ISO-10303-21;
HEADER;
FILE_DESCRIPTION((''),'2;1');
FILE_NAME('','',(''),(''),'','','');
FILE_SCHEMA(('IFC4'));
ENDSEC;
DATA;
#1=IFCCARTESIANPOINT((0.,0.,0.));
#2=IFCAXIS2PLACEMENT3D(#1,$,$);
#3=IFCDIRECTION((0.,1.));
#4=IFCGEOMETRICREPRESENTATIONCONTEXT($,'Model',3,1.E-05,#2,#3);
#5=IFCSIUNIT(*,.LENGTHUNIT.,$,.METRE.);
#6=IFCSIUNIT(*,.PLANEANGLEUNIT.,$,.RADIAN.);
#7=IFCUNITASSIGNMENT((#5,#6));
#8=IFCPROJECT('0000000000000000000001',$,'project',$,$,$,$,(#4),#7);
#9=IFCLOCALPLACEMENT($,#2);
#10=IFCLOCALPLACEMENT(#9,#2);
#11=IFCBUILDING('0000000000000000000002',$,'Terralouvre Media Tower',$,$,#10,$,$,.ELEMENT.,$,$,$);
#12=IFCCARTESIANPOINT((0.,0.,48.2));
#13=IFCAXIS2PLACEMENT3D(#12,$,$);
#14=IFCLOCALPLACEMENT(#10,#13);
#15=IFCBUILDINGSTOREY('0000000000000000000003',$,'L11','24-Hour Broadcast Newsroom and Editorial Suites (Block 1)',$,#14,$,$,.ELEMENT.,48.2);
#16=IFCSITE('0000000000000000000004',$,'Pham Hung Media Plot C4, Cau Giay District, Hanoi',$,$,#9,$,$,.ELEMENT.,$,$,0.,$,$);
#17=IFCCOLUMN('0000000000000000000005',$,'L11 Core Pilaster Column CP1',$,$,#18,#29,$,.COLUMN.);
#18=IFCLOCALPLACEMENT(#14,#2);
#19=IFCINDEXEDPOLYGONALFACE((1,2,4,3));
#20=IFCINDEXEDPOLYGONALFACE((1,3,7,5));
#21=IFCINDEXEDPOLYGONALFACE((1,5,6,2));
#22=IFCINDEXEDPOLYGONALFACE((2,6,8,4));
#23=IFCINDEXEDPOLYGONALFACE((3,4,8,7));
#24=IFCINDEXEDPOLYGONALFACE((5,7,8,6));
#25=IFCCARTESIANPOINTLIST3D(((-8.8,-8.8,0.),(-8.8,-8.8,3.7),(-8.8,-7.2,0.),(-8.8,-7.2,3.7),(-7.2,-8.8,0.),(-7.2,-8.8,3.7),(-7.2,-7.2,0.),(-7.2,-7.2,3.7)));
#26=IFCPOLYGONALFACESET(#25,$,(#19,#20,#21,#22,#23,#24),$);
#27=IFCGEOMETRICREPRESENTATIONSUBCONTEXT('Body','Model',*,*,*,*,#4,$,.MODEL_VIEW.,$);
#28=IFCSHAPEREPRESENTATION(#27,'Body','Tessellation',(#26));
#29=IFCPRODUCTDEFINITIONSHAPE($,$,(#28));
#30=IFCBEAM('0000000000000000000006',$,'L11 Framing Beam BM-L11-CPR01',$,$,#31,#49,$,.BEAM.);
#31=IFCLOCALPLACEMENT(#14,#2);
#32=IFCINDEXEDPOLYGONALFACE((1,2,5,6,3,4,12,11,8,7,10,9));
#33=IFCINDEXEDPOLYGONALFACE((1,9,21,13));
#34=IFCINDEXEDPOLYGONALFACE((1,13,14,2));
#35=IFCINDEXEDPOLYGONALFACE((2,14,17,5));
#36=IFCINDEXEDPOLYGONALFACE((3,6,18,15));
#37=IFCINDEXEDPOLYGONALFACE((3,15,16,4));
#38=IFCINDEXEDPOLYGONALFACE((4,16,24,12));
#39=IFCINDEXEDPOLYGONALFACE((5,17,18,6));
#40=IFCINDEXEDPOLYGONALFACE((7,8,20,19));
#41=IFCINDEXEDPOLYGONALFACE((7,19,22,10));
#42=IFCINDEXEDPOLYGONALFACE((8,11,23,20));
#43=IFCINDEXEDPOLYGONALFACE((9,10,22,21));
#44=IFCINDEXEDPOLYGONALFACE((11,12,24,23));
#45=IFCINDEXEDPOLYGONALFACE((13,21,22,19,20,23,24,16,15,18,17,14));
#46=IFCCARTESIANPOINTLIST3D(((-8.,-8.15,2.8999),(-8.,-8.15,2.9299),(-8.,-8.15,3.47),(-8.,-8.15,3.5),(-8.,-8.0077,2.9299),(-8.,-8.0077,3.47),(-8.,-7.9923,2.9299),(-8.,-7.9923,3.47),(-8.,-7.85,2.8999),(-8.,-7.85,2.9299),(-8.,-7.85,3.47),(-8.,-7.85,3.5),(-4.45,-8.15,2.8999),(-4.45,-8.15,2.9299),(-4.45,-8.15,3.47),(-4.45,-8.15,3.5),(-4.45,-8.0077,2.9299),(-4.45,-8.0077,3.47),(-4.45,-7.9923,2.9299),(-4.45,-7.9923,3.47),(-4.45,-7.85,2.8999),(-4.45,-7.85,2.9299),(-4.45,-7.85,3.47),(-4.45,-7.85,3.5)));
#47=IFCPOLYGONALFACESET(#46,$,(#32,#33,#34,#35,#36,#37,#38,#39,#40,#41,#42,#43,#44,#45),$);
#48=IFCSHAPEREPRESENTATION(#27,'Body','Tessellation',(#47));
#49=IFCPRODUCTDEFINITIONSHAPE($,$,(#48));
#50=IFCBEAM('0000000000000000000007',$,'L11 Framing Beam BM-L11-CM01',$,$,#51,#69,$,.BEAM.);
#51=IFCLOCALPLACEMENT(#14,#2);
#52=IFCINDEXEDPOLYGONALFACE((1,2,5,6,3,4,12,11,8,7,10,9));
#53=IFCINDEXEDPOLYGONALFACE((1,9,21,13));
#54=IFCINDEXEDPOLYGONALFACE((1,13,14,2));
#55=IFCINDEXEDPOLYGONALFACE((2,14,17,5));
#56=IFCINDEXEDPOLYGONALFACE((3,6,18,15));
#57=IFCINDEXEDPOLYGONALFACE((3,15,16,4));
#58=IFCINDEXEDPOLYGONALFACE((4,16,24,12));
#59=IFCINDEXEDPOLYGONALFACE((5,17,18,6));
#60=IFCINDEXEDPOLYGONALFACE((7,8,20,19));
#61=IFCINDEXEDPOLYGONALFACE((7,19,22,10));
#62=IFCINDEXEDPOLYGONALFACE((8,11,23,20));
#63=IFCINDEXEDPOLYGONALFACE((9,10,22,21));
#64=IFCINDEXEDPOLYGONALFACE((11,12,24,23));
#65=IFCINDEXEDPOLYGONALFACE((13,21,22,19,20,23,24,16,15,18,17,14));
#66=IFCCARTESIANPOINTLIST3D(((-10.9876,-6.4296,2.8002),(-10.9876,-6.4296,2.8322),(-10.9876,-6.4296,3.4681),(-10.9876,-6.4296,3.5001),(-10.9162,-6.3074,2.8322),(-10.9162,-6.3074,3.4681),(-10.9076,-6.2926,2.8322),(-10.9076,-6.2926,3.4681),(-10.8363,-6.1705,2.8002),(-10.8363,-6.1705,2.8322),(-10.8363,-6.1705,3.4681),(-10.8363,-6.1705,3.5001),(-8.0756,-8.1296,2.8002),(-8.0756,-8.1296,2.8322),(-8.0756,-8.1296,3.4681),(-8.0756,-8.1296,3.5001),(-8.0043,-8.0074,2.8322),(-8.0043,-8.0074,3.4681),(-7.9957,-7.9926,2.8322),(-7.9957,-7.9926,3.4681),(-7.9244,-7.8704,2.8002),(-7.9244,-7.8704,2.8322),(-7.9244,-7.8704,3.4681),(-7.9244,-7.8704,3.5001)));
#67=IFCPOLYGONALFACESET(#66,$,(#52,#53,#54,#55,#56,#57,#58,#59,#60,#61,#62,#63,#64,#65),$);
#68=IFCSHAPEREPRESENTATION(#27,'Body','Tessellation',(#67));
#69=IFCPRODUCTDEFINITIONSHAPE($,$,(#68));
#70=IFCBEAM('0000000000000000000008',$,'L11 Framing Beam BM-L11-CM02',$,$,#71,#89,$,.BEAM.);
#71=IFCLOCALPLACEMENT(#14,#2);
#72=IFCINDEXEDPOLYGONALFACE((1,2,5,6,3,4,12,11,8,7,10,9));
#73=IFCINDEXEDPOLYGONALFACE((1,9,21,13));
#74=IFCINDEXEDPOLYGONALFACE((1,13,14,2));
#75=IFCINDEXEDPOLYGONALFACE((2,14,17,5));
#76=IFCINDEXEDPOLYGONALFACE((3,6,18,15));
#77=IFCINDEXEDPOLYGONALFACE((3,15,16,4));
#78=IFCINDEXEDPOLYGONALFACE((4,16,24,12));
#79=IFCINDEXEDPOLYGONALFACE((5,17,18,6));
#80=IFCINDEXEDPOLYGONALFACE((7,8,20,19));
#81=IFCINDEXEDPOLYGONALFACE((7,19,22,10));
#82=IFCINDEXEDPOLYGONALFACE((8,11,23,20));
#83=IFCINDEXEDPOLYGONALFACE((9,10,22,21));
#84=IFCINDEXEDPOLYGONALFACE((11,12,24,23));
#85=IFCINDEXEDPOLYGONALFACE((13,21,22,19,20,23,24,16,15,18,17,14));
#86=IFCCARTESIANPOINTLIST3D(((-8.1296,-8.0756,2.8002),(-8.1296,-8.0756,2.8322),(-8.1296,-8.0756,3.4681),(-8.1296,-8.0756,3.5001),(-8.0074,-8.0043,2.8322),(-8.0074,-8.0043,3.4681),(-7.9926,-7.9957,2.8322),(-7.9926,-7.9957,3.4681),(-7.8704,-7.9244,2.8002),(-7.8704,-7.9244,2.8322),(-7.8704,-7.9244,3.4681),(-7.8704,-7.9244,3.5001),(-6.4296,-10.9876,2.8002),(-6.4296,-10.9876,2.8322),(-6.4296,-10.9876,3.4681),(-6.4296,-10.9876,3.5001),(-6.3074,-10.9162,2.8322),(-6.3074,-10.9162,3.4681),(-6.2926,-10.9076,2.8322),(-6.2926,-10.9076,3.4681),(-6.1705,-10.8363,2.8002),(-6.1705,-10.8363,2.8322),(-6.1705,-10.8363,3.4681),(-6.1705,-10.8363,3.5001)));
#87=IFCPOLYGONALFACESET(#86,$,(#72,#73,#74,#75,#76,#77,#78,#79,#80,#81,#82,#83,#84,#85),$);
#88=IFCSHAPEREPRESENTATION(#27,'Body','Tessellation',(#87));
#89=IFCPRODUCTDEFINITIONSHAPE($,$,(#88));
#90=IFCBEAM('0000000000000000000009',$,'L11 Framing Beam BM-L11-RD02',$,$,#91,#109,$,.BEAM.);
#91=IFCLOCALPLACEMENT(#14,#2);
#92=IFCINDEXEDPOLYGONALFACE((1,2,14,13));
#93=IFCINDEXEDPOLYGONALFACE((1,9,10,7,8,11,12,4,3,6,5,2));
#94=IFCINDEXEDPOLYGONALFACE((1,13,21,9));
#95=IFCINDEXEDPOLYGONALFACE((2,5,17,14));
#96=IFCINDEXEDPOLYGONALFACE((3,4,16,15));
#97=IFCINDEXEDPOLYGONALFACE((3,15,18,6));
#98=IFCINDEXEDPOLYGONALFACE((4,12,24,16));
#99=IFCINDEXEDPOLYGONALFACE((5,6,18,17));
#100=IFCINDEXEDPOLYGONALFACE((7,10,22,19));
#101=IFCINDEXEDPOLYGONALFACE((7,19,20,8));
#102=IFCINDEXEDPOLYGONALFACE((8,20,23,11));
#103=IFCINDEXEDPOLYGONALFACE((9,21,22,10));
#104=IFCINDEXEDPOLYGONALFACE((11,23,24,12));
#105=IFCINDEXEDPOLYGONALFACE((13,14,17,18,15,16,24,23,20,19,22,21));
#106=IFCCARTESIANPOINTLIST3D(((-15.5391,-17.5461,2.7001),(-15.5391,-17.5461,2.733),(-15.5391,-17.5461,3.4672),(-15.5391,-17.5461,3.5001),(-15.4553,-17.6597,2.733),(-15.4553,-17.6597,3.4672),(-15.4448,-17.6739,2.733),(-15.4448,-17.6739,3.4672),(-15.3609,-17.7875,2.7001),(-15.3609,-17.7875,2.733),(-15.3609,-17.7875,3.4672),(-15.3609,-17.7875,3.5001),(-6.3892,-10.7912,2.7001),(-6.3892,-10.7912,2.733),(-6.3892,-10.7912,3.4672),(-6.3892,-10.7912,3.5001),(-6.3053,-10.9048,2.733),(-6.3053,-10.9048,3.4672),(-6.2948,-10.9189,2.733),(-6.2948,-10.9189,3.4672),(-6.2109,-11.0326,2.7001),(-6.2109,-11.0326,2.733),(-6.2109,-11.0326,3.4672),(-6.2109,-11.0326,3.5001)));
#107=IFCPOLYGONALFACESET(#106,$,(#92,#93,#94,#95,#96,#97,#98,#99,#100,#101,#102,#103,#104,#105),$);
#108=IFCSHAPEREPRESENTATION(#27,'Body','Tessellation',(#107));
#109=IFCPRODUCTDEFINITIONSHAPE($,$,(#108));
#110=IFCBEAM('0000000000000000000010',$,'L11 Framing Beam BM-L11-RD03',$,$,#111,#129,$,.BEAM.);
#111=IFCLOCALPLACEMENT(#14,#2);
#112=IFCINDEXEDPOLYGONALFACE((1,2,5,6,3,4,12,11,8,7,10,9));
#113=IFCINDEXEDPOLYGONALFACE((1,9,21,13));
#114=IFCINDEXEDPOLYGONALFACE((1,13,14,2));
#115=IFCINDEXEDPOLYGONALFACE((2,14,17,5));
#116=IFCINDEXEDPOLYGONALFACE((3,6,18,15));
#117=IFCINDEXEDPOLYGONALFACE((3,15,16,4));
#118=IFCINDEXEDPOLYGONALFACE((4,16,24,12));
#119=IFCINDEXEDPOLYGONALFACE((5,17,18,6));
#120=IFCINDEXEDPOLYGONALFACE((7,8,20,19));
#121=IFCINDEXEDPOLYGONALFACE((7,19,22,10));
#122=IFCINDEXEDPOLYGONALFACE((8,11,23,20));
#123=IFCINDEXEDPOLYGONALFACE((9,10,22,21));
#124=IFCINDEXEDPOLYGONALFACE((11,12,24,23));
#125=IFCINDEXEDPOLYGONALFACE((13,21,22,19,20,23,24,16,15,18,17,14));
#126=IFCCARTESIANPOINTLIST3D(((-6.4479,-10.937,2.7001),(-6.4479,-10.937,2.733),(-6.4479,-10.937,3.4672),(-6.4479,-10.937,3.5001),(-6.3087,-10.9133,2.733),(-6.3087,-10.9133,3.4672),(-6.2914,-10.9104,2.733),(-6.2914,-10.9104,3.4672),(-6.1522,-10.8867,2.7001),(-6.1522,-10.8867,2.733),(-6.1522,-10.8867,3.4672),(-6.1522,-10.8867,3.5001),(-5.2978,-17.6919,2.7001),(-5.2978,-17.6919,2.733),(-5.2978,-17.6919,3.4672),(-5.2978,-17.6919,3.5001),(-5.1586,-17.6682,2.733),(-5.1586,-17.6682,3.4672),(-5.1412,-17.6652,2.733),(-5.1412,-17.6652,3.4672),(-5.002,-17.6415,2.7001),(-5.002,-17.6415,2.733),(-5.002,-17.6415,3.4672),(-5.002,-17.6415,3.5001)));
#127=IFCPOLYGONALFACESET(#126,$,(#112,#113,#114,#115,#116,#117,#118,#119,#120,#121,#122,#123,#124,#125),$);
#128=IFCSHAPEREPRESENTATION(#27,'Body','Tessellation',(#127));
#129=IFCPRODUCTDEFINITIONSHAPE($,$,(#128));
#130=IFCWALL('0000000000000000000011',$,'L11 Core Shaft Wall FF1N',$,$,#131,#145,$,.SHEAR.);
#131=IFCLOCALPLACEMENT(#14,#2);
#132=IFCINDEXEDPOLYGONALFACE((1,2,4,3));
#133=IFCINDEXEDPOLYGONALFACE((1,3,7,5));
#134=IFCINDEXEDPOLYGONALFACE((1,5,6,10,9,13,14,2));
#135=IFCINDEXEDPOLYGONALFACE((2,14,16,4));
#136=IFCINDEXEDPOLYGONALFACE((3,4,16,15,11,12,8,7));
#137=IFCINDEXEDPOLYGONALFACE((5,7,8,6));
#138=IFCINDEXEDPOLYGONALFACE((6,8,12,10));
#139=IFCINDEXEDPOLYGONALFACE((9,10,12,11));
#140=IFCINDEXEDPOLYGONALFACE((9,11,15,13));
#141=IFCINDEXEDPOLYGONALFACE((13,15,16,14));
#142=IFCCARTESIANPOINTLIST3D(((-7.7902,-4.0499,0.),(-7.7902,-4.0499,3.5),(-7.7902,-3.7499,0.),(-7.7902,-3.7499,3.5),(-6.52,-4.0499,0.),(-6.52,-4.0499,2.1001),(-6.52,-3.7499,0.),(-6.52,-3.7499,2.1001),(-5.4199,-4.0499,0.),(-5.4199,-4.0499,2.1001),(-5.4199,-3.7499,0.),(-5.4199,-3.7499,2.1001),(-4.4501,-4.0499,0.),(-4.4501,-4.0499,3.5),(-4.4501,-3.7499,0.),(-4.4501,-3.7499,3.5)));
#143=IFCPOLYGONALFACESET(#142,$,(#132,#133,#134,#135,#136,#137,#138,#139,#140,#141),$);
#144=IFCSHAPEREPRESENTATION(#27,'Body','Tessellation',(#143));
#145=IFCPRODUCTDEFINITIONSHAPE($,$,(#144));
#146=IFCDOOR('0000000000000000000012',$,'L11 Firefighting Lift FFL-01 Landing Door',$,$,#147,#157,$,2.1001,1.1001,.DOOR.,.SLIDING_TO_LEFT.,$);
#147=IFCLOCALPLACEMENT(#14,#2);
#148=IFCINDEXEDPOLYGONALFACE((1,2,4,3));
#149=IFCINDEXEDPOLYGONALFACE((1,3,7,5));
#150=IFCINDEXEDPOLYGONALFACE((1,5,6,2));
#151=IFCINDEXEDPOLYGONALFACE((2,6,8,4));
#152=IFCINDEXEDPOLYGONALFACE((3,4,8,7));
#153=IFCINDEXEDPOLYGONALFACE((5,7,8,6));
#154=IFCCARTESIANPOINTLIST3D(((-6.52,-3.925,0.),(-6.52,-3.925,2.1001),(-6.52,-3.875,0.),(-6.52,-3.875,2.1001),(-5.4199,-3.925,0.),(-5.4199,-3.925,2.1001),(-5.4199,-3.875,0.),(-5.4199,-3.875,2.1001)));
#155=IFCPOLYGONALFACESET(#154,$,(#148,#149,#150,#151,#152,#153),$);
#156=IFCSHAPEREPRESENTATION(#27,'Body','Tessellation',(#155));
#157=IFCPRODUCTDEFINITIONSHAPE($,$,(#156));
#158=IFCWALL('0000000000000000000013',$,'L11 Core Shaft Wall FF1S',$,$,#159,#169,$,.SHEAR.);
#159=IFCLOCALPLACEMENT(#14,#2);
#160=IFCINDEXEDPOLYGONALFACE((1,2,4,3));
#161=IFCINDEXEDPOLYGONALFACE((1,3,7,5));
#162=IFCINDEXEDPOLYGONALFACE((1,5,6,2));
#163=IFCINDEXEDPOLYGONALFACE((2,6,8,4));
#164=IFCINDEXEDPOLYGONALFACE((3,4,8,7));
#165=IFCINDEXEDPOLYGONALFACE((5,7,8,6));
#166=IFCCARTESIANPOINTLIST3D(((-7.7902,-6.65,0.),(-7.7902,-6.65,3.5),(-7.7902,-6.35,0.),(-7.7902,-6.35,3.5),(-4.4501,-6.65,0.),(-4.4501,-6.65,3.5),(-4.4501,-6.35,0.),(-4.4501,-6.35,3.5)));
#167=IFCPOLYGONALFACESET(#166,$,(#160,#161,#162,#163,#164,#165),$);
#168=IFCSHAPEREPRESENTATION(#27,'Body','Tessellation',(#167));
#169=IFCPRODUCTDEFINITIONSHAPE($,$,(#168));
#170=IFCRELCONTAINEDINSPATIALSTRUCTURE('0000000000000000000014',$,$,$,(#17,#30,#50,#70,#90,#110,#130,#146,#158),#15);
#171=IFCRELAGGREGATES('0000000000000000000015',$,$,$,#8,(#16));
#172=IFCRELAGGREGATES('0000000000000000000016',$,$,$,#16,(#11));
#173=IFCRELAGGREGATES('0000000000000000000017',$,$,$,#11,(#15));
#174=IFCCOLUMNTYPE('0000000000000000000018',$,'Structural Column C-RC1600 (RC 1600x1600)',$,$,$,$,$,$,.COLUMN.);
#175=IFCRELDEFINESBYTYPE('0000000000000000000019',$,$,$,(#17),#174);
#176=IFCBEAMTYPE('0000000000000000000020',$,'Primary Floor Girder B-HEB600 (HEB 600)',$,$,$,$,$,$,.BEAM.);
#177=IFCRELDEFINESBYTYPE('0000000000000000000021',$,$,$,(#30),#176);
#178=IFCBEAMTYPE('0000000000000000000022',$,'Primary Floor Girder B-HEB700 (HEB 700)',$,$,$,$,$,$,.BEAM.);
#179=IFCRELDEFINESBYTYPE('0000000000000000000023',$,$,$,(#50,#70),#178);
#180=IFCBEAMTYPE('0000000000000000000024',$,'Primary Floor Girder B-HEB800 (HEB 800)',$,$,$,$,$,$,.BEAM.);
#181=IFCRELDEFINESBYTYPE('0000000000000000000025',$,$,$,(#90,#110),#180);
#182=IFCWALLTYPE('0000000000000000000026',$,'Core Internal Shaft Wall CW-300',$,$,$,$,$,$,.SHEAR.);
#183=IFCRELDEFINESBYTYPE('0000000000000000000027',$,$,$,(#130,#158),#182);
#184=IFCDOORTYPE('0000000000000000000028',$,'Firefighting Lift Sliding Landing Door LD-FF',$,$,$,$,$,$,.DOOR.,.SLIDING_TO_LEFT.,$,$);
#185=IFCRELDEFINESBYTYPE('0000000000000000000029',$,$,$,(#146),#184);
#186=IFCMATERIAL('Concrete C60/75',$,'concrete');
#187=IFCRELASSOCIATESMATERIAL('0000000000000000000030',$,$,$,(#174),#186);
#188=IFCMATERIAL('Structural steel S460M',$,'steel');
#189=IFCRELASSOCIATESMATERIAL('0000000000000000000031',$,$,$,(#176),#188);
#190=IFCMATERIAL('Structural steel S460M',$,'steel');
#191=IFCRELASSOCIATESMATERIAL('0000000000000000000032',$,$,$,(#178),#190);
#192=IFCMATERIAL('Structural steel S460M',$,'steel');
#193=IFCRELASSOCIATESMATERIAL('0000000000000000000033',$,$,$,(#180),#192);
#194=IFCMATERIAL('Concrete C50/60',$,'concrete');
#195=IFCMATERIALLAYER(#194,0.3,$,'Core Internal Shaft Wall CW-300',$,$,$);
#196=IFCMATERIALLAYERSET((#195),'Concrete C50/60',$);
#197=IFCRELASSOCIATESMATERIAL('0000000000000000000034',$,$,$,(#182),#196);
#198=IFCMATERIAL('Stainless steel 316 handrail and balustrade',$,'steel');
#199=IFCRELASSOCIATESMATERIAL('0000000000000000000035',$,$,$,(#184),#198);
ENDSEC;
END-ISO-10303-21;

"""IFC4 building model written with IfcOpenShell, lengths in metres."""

from ifc_helpers import new_model, si_unit, direction, frame, frame_2d, origin, origin_2d, place, context, subcontext, project, spatial, rectangle, i_section, extrude, material, layer, layer_set, material_profile, profile_set, type_object, element, fill, save


model = new_model("IFC4")

# Units and contexts
model_context = context("Model", 3, precision=1e-05, world=origin(), true_north=direction((0.0, 1.0)))
body_context = subcontext(model_context, "Body", "Model", "MODEL_VIEW")
ifc_project = project(units=[si_unit("LENGTHUNIT", "METRE"), si_unit("PLANEANGLEUNIT", "RADIAN")], contexts=[model_context])

# Site, building, storey
site_placement = place(None, origin())
site = spatial("IfcSite", under=ifc_project, at=site_placement, Name="Pham Hung Media Plot C4, Cau Giay District, Hanoi", CompositionType="ELEMENT", RefElevation=0.0)
building_placement = place(site_placement, origin())
building = spatial("IfcBuilding", under=site, at=building_placement, Name="Terralouvre Media Tower", CompositionType="ELEMENT")
storey_placement = place(building_placement, frame((0.0, 0.0, 48.2)))
storey = spatial("IfcBuildingStorey", under=building, at=storey_placement, Name="L11", Description="24-Hour Broadcast Newsroom and Editorial Suites (Block 1)", CompositionType="ELEMENT", Elevation=48.2)

# Column
ifc_material_1 = material(Name="Concrete C60/75", Category="concrete")
ifc_material_profile_1 = material_profile(ifc_material_1, rectangle(XDim=1.6001, YDim=1.6001, at=origin_2d()), Name="RC 1600x1600")
ifc_profile_set_1 = profile_set([ifc_material_profile_1], Name="Concrete C60/75")
column_type = type_object("IfcColumnType", Name="Structural Column C-RC1600 (RC 1600x1600)", PredefinedType="COLUMN", material=ifc_profile_set_1)
column_placement = place(storey_placement, frame((-8.0, -8.0, 0.0), z_axis=(0.0, 0.0, 1.0), x_axis=(1.0, 0.0, 0.0)))
element("IfcColumn", 1, at=column_placement, inside=storey, type_object=column_type, Name="L11 Core Pilaster Column CP1", PredefinedType="COLUMN", context=body_context, shape_type="SweptSolid", body=[
    extrude(rectangle(XDim=1.6001, YDim=1.6001, at=origin_2d()), origin(), (0.0, 0.0, 1.0), 3.7),
])

# Beams
ifc_material_2 = material(Name="Structural steel S460M", Category="steel")
ifc_material_profile_2 = material_profile(ifc_material_2, i_section(OverallWidth=0.3, OverallDepth=0.6001, WebThickness=0.0154, FlangeThickness=0.03, at=origin_2d()), Name="HEB 600")
ifc_profile_set_2 = profile_set([ifc_material_profile_2], Name="Structural steel S460M")
beam_type_1 = type_object("IfcBeamType", Name="Primary Floor Girder B-HEB600 (HEB 600)", PredefinedType="BEAM", material=ifc_profile_set_2)
beam_1_placement = place(storey_placement, frame((-8.0, -8.0, 3.2), z_axis=(1.0, 0.0, 0.0), x_axis=(0.0, 1.0, 0.0)))
element("IfcBeam", 2, at=beam_1_placement, inside=storey, type_object=beam_type_1, Name="L11 Framing Beam BM-L11-CPR01", PredefinedType="BEAM", context=body_context, shape_type="SweptSolid", body=[
    extrude(i_section(OverallWidth=0.3, OverallDepth=0.6001, WebThickness=0.0154, FlangeThickness=0.03, at=origin_2d()), origin(), (0.0, 0.0, 1.0), 3.55),
])
ifc_material_3 = material(Name="Structural steel S460M", Category="steel")
ifc_material_profile_3 = material_profile(ifc_material_3, i_section(OverallWidth=0.3, OverallDepth=0.7, WebThickness=0.0171, FlangeThickness=0.032, at=origin_2d()), Name="HEB 700")
ifc_profile_set_3 = profile_set([ifc_material_profile_3], Name="Structural steel S460M")
beam_type_2 = type_object("IfcBeamType", Name="Primary Floor Girder B-HEB700 (HEB 700)", PredefinedType="BEAM", material=ifc_profile_set_3)
for number, where, z_axis, x_axis, name in (
    (3, (-8.0, -8.0, 3.1501), (-0.863603, 0.504173, 0.0), (-0.504173, -0.863603, 0.0), "L11 Framing Beam BM-L11-CM01"),
    (4, (-8.0, -8.0, 3.1501), (0.504173, -0.863603, 0.0), (0.863603, 0.504173, 0.0), "L11 Framing Beam BM-L11-CM02"),
):
    element("IfcBeam", number, at=place(storey_placement, frame(where, z_axis=z_axis, x_axis=x_axis)), inside=storey, type_object=beam_type_2, Name=name, PredefinedType="BEAM", context=body_context, shape_type="SweptSolid", body=[
        extrude(i_section(OverallWidth=0.3, OverallDepth=0.7, WebThickness=0.0171, FlangeThickness=0.032, at=origin_2d()), origin(), (0.0, 0.0, 1.0), 3.3718),
    ])
ifc_material_4 = material(Name="Structural steel S460M", Category="steel")
ifc_material_profile_4 = material_profile(ifc_material_4, i_section(OverallWidth=0.3, OverallDepth=0.8, WebThickness=0.0176, FlangeThickness=0.033, at=origin_2d()), Name="HEB 800")
ifc_profile_set_4 = profile_set([ifc_material_profile_4], Name="Structural steel S460M")
beam_type_3 = type_object("IfcBeamType", Name="Primary Floor Girder B-HEB800 (HEB 800)", PredefinedType="BEAM", material=ifc_profile_set_4)
beam_2_placement = place(storey_placement, frame((-6.3, -10.9119, 3.1001), z_axis=(-0.804516, -0.593931, 0.0), x_axis=(0.593931, -0.804516, 0.0)))
element("IfcBeam", 5, at=beam_2_placement, inside=storey, type_object=beam_type_3, Name="L11 Framing Beam BM-L11-RD02", PredefinedType="BEAM", context=body_context, shape_type="SweptSolid", body=[
    extrude(i_section(OverallWidth=0.3, OverallDepth=0.8, WebThickness=0.0176, FlangeThickness=0.033, at=origin_2d()), origin(), (0.0, 0.0, 1.0), 11.3733),
])
beam_3_placement = place(storey_placement, frame((-6.3, -10.9119, 3.1001), z_axis=(0.167853, -0.985812, 0.0), x_axis=(0.985812, 0.167853, 0.0)))
element("IfcBeam", 6, at=beam_3_placement, inside=storey, type_object=beam_type_3, Name="L11 Framing Beam BM-L11-RD03", PredefinedType="BEAM", context=body_context, shape_type="SweptSolid", body=[
    extrude(i_section(OverallWidth=0.3, OverallDepth=0.8, WebThickness=0.0176, FlangeThickness=0.033, at=origin_2d()), origin(), (0.0, 0.0, 1.0), 6.8521),
])

# Wall, opening, door
ifc_material_5 = material(Name="Concrete C50/60", Category="concrete")
ifc_layer_1 = layer(ifc_material_5, 0.3, Name="Core Internal Shaft Wall CW-300")
ifc_layer_set_1 = layer_set([ifc_layer_1], Name="Concrete C50/60")
wall_type_1 = type_object("IfcWallType", Name="Core Internal Shaft Wall CW-300", PredefinedType="SHEAR", material=ifc_layer_set_1)
wall_1_placement = place(storey_placement, frame((-7.79, -3.8999, 0.0), z_axis=(0.0, 0.0, 1.0), x_axis=(1.0, 0.0, 0.0)))
wall_1 = element("IfcWall", 7, at=wall_1_placement, inside=storey, type_object=wall_type_1, Name="L11 Core Shaft Wall FF1N", PredefinedType="SHEAR", context=body_context, shape_type="SweptSolid", body=[
    extrude(rectangle(XDim=3.3401, YDim=0.3, at=frame_2d((1.6699, 0.0))), origin(), (0.0, 0.0, 1.0), 3.5),
])
opening_1_placement = place(wall_1_placement, frame((1.27, 0.0, 0.0)))
opening_1 = element("IfcOpeningElement", 8, at=opening_1_placement, cuts=wall_1, PredefinedType="OPENING", context=body_context, shape_type="SweptSolid", body=[
    extrude(rectangle(XDim=1.1001, YDim=2.1001, at=frame_2d((0.55, 1.05))), frame((0.0, 0.1599, 0.0), z_axis=(0.0, -1.0, 0.0), x_axis=(1.0, 0.0, 0.0)), (0.0, 0.0, 1.0), 0.3201),
])
ifc_material_6 = material(Name="Stainless steel 316 handrail and balustrade", Category="steel")
door_type_1 = type_object("IfcDoorType", Name="Firefighting Lift Sliding Landing Door LD-FF", OperationType="SLIDING_TO_LEFT", PredefinedType="DOOR", material=ifc_material_6)
door_1_placement = place(opening_1_placement, origin())
door_1 = element("IfcDoor", 9, at=door_1_placement, inside=storey, type_object=door_type_1, Name="L11 Firefighting Lift FFL-01 Landing Door", OperationType="SLIDING_TO_LEFT", OverallHeight=2.1001, OverallWidth=1.1001, PredefinedType="DOOR", context=body_context, shape_type="SweptSolid", body=[
    extrude(rectangle(XDim=1.1001, YDim=2.1001, at=frame_2d((0.55, 1.05))), frame((0.0, 0.0249, 0.0), z_axis=(0.0, -1.0, 0.0), x_axis=(1.0, 0.0, 0.0)), (0.0, 0.0, 1.0), 0.05),
])
fill(opening_1, door_1)

# Wall
wall_2_placement = place(storey_placement, frame((-7.79, -6.5, 0.0), z_axis=(0.0, 0.0, 1.0), x_axis=(1.0, 0.0, 0.0)))
element("IfcWall", 10, at=wall_2_placement, inside=storey, type_object=wall_type_1, Name="L11 Core Shaft Wall FF1S", PredefinedType="SHEAR", context=body_context, shape_type="SweptSolid", body=[
    extrude(rectangle(XDim=3.3401, YDim=0.3, at=frame_2d((1.6699, 0.0))), origin(), (0.0, 0.0, 1.0), 3.5),
])

save(model, "model.ifc")
